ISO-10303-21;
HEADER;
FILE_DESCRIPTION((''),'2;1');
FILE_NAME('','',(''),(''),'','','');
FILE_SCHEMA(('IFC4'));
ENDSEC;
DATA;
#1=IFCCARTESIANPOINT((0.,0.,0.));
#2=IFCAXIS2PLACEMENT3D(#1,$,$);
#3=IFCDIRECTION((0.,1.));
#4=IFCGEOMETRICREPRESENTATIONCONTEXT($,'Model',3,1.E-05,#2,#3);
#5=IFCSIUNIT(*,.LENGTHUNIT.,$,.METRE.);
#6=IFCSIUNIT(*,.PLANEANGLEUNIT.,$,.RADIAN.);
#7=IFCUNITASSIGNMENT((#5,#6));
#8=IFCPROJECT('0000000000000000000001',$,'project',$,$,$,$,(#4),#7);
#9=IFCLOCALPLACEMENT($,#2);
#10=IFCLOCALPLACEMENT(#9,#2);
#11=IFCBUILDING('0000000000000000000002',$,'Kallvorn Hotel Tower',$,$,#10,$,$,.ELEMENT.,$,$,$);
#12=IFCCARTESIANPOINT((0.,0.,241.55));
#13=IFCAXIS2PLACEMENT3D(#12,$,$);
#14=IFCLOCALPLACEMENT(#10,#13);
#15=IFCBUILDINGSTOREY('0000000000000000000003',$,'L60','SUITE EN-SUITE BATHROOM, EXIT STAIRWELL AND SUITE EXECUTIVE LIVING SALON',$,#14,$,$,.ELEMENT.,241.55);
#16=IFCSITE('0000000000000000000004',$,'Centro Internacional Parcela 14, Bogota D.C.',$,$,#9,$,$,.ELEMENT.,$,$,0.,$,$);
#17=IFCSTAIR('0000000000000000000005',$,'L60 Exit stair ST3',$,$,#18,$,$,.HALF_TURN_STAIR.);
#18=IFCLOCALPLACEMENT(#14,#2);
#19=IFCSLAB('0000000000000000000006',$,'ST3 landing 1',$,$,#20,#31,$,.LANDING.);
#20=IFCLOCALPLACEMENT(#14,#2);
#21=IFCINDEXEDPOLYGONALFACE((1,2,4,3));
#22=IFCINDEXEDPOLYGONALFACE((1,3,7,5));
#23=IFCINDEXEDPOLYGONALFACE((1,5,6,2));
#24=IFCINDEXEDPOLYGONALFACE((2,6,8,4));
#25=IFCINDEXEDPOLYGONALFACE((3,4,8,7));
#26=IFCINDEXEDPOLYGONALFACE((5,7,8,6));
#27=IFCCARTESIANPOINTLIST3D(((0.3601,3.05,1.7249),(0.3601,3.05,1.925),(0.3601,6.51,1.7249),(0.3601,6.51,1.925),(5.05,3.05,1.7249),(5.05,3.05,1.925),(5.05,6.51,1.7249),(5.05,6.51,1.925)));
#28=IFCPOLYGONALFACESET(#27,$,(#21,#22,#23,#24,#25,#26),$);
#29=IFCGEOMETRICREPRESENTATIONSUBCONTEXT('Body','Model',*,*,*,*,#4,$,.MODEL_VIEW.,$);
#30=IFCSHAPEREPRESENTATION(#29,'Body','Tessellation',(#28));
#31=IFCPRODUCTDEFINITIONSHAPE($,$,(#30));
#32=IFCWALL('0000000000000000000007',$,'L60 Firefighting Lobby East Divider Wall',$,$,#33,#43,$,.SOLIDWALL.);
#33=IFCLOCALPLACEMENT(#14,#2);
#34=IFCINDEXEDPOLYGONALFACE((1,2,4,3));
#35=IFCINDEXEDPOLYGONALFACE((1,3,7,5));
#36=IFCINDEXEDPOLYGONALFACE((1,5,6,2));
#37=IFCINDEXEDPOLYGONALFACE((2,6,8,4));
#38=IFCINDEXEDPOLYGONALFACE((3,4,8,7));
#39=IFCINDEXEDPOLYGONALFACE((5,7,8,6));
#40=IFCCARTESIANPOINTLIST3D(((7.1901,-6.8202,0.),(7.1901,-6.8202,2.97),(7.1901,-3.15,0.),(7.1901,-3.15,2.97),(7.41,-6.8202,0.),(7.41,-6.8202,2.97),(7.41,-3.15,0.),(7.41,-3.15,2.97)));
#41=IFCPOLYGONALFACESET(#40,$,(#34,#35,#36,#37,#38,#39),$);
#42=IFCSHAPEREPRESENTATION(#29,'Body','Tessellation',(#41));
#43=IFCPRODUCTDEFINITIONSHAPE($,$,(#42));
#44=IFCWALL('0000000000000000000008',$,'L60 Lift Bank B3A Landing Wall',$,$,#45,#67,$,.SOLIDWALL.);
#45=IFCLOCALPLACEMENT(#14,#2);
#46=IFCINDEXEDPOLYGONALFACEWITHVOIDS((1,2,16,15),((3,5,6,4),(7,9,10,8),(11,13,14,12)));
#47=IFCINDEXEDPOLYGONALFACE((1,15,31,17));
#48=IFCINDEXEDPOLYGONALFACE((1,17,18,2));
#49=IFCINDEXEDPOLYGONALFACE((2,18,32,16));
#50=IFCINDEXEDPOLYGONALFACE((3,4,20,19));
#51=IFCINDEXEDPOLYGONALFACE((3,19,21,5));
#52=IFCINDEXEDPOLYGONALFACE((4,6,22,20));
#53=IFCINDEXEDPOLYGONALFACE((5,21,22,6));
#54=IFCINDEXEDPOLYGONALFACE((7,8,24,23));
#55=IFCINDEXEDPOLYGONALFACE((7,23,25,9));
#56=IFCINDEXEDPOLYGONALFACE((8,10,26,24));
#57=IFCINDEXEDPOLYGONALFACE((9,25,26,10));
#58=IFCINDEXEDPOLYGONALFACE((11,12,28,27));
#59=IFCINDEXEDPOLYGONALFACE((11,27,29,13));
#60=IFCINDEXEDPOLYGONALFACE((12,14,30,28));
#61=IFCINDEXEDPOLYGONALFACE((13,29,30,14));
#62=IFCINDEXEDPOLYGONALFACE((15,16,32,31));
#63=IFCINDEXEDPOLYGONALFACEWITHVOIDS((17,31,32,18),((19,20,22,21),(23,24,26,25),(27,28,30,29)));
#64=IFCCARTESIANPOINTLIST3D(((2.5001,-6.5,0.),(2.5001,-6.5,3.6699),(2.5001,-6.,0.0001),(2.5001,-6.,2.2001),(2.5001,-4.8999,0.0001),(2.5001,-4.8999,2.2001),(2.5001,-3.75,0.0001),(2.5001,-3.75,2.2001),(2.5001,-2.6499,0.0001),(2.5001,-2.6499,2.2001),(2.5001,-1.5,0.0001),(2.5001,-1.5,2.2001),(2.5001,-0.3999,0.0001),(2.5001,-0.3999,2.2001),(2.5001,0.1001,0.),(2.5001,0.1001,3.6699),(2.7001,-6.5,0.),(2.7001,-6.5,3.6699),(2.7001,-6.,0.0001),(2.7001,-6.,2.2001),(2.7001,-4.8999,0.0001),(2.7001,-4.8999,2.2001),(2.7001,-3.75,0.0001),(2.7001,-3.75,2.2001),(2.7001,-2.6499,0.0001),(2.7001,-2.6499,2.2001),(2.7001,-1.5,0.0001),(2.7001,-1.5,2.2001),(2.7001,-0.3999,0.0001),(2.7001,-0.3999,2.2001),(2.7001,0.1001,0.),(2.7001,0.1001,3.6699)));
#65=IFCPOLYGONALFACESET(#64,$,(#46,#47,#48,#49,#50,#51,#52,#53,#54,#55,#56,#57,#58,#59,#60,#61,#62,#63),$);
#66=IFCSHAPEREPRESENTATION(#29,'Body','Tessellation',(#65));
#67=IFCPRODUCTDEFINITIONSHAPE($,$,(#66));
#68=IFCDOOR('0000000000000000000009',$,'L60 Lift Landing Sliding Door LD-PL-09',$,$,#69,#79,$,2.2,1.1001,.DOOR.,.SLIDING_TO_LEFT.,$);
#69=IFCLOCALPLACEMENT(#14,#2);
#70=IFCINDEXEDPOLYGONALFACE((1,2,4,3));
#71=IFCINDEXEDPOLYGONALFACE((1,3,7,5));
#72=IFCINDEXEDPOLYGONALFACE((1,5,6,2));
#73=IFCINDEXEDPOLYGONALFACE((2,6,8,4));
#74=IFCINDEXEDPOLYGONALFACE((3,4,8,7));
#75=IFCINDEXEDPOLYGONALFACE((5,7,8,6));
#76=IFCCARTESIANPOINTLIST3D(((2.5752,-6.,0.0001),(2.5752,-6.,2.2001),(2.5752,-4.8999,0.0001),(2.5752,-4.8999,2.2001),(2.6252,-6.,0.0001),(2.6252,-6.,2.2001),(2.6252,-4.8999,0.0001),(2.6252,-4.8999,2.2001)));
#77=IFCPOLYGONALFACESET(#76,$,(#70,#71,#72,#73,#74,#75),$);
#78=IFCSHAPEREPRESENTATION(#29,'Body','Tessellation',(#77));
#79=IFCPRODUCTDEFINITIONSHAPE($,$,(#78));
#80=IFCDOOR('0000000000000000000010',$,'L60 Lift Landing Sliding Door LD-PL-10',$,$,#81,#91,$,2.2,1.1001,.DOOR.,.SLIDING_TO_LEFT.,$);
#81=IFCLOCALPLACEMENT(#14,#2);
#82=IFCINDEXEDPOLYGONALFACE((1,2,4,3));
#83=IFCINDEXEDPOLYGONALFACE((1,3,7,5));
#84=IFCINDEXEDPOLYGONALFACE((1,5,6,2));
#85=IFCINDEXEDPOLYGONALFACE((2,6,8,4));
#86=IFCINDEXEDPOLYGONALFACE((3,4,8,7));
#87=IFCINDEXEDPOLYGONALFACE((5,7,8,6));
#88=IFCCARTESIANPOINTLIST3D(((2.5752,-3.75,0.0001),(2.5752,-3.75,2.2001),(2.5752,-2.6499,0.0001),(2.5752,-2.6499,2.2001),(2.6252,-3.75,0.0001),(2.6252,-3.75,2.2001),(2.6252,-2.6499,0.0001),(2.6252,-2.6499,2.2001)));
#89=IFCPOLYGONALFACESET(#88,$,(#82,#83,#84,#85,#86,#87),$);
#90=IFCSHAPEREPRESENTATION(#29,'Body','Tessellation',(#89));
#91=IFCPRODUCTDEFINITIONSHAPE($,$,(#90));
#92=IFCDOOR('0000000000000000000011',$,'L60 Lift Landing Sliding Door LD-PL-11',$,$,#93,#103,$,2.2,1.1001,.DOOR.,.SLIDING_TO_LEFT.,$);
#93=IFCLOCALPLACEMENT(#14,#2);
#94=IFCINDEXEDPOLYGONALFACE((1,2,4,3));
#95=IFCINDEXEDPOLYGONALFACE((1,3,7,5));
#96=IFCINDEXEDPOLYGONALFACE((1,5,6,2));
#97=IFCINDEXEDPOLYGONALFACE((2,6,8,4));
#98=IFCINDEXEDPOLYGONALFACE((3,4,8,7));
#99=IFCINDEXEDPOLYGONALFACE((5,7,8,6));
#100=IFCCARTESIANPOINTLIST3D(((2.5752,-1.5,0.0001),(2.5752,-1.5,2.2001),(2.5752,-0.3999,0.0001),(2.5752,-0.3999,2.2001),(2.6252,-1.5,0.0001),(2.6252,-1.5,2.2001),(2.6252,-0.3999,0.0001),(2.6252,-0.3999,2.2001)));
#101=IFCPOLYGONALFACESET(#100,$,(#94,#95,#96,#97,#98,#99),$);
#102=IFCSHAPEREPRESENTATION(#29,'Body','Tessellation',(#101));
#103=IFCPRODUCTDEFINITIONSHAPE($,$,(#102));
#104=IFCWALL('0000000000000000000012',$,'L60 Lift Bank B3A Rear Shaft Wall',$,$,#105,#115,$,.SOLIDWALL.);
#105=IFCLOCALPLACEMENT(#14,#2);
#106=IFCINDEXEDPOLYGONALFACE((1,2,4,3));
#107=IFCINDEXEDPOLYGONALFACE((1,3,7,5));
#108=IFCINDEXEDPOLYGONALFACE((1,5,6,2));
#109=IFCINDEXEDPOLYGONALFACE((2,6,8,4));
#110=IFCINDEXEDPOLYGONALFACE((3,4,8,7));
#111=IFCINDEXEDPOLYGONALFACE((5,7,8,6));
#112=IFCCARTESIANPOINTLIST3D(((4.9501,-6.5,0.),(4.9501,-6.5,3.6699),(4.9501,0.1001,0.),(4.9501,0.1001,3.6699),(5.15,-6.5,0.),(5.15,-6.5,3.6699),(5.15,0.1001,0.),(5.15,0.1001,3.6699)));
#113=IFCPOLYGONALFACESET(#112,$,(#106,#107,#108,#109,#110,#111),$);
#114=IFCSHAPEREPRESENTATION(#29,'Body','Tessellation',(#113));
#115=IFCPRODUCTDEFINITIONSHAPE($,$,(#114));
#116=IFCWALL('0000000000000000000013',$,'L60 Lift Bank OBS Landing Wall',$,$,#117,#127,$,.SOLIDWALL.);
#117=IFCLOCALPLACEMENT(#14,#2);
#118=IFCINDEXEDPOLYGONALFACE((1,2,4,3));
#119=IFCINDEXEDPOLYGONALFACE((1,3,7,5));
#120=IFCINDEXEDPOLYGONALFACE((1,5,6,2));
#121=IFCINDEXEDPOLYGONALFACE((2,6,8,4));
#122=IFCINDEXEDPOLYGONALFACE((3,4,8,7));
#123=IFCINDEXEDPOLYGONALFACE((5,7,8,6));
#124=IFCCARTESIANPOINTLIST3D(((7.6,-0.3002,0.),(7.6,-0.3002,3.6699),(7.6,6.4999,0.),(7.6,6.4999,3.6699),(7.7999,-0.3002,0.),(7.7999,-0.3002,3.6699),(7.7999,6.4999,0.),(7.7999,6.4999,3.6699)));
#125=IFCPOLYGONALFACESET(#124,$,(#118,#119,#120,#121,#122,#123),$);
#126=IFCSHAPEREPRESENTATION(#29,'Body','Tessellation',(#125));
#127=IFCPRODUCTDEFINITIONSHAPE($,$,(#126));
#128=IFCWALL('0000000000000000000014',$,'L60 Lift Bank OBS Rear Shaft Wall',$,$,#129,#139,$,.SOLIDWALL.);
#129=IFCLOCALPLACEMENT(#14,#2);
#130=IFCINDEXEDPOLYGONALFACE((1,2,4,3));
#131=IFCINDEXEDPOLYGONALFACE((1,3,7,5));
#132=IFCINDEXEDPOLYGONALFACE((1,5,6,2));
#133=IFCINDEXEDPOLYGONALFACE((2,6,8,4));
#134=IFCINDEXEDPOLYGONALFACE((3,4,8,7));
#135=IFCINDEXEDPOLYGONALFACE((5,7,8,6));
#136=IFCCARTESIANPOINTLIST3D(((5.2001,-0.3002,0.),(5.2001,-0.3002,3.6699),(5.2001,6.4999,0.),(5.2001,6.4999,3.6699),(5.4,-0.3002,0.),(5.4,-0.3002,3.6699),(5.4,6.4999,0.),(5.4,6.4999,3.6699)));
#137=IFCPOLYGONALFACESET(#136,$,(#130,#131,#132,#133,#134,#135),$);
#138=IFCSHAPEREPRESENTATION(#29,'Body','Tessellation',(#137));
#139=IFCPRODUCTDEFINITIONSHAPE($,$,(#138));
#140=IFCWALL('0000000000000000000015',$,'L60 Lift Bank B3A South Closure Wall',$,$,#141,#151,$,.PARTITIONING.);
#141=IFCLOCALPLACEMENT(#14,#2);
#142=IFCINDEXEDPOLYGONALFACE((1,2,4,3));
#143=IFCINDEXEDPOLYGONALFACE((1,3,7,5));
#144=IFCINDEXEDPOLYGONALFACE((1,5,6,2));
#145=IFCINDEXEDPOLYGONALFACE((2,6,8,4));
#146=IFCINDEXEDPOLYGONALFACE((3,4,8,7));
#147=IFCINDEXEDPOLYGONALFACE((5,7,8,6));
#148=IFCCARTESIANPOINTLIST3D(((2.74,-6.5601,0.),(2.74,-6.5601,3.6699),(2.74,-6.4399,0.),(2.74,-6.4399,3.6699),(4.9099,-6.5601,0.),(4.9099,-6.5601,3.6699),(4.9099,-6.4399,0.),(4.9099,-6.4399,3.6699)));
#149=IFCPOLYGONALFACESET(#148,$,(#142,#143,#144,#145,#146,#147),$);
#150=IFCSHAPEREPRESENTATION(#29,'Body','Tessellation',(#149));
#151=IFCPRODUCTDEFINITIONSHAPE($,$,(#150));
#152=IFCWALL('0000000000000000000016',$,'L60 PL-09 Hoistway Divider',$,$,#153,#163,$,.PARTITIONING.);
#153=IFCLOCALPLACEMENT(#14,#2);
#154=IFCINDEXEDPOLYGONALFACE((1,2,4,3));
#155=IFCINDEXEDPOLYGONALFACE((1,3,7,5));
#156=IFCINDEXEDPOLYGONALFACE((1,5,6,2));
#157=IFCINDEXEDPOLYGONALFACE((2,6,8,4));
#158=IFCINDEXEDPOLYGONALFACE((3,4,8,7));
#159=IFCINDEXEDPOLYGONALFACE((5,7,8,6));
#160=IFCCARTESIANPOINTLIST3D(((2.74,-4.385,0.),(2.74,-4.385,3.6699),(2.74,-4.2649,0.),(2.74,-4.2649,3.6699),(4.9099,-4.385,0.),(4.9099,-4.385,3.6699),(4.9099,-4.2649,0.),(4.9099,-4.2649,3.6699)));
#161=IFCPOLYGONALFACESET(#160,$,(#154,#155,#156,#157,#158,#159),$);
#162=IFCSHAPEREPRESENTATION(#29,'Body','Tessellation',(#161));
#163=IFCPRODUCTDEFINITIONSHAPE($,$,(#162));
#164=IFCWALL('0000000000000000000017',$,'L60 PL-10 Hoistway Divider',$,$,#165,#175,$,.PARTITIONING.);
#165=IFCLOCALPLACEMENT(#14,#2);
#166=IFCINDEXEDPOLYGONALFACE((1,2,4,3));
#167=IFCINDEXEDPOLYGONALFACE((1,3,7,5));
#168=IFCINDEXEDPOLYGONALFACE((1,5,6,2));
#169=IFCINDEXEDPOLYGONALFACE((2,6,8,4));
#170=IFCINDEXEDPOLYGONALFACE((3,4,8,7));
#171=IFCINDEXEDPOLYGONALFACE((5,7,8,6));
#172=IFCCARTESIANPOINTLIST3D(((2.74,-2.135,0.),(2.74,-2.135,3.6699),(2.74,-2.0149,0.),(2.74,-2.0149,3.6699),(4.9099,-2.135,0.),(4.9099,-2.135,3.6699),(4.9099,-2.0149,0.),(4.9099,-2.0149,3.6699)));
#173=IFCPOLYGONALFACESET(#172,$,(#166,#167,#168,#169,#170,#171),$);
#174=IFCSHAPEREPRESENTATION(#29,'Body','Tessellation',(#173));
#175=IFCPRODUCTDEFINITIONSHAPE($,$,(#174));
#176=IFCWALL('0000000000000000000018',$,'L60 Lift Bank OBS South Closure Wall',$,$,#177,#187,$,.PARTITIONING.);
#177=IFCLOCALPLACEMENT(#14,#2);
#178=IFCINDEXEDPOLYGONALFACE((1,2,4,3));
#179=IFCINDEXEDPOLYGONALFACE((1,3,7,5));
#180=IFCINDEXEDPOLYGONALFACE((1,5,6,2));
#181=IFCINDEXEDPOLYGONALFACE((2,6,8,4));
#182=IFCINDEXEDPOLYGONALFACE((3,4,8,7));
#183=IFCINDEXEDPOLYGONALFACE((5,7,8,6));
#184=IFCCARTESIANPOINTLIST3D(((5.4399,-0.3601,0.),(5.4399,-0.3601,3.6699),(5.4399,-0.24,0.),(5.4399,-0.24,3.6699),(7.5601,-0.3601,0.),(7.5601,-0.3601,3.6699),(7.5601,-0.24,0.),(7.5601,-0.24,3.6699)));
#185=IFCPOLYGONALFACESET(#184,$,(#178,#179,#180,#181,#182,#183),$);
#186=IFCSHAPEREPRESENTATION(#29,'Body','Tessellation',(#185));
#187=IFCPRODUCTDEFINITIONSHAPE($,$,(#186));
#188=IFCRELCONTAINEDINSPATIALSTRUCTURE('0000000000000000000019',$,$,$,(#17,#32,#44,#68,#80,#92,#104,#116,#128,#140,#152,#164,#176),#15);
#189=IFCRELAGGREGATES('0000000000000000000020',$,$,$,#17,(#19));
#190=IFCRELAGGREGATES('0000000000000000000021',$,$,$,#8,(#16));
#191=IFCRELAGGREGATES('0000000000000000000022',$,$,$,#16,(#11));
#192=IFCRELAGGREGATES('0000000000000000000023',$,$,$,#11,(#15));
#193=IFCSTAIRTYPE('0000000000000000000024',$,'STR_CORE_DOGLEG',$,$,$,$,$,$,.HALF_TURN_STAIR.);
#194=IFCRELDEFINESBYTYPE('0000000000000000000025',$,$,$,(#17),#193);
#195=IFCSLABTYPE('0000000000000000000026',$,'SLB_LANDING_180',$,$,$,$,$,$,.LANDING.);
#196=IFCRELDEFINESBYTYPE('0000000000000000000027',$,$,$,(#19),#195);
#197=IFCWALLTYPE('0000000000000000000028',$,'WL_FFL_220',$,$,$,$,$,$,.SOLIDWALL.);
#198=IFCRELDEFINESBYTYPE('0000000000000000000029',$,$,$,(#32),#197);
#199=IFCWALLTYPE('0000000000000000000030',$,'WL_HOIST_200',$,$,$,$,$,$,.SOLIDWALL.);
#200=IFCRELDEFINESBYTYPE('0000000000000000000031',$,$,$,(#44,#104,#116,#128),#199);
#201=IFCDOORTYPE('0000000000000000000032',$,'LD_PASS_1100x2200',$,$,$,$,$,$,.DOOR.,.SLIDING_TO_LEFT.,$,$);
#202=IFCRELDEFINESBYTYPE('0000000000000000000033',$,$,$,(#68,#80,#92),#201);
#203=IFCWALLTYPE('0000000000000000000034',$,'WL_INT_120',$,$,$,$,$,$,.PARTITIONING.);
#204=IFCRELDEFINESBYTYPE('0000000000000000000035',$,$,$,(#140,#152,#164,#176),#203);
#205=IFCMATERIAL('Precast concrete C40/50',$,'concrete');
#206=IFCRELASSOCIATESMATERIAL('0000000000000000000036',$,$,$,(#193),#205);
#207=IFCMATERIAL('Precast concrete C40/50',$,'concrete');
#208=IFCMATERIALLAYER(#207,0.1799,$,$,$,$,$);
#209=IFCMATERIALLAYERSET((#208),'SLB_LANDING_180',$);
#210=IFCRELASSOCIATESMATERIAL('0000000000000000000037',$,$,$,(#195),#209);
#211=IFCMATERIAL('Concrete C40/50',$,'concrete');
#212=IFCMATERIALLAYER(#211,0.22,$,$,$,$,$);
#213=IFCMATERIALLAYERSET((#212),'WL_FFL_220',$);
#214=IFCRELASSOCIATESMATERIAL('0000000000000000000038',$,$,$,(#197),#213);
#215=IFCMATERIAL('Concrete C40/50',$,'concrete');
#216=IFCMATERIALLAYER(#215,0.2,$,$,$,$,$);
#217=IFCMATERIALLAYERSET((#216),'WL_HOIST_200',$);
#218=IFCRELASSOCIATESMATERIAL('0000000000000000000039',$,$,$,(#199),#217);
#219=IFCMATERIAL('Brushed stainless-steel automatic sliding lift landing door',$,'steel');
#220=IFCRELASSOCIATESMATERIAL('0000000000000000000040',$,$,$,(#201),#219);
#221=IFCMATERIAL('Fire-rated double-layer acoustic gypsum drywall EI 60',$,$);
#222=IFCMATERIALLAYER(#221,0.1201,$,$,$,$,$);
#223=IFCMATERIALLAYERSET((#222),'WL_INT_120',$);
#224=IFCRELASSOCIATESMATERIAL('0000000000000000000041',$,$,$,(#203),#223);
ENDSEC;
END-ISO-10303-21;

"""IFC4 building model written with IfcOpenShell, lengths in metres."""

from ifc_helpers import new_model, si_unit, direction, frame, frame_2d, origin, place, context, subcontext, project, spatial, polyline, rectangle, outline, extrude, material, layer, layer_set, type_object, element, fill, aggregate, save


model = new_model("IFC4")

# Units and contexts
model_context = context("Model", 3, precision=1e-05, world=origin(), true_north=direction((0.0, 1.0)))
body_context = subcontext(model_context, "Body", "Model", "MODEL_VIEW")
ifc_project = project(units=[si_unit("LENGTHUNIT", "METRE"), si_unit("PLANEANGLEUNIT", "RADIAN")], contexts=[model_context])

# Site, building, storey
site_placement = place(None, origin())
site = spatial("IfcSite", under=ifc_project, at=site_placement, Name="Centro Internacional Parcela 14, Bogota D.C.", CompositionType="ELEMENT", RefElevation=0.0)
building_placement = place(site_placement, origin())
building = spatial("IfcBuilding", under=site, at=building_placement, Name="Kallvorn Hotel Tower", CompositionType="ELEMENT")
storey_placement = place(building_placement, frame((0.0, 0.0, 241.55)))
storey = spatial("IfcBuildingStorey", under=building, at=storey_placement, Name="L60", Description="SUITE EN-SUITE BATHROOM, EXIT STAIRWELL AND SUITE EXECUTIVE LIVING SALON", CompositionType="ELEMENT", Elevation=241.55)

# Stair, slab
ifc_material_1 = material(Name="Precast concrete C40/50", Category="concrete")
stair_type = type_object("IfcStairType", Name="STR_CORE_DOGLEG", PredefinedType="HALF_TURN_STAIR", material=ifc_material_1)
stair_placement = place(storey_placement, origin())
stair = element("IfcStair", 1, at=stair_placement, inside=storey, type_object=stair_type, Name="L60 Exit stair ST3", PredefinedType="HALF_TURN_STAIR")
ifc_material_2 = material(Name="Precast concrete C40/50", Category="concrete")
ifc_layer_1 = layer(ifc_material_2, 0.1799)
ifc_layer_set_1 = layer_set([ifc_layer_1], Name="SLB_LANDING_180")
slab_type = type_object("IfcSlabType", Name="SLB_LANDING_180", PredefinedType="LANDING", material=ifc_layer_set_1)
slab_placement = place(storey_placement, frame((0.0, 0.0, 1.7249)))
slab = element("IfcSlab", 2, at=slab_placement, type_object=slab_type, Name="ST3 landing 1", PredefinedType="LANDING", context=body_context, shape_type="SweptSolid", body=[
    extrude(outline(polyline([(0.3601, 3.05), (5.05, 3.05), (5.05, 6.51), (0.3601, 6.51), (0.3601, 3.05)])), origin(), (0.0, 0.0, 1.0), 0.2002),
])
aggregate(stair, [slab])

# Wall
ifc_material_3 = material(Name="Concrete C40/50", Category="concrete")
ifc_layer_2 = layer(ifc_material_3, 0.22)
ifc_layer_set_2 = layer_set([ifc_layer_2], Name="WL_FFL_220")
wall_type_1 = type_object("IfcWallType", Name="WL_FFL_220", PredefinedType="SOLIDWALL", material=ifc_layer_set_2)
wall_1_placement = place(storey_placement, frame((7.3, -6.8201, 0.0), z_axis=(0.0, 0.0, 1.0), x_axis=(0.0, 1.0, 0.0)))
element("IfcWall", 3, at=wall_1_placement, inside=storey, type_object=wall_type_1, Name="L60 Firefighting Lobby East Divider Wall", PredefinedType="SOLIDWALL", context=body_context, shape_type="SweptSolid", body=[
    extrude(rectangle(XDim=3.6702, YDim=0.22, at=frame_2d((1.835, 0.0))), origin(), (0.0, 0.0, 1.0), 2.97),
])

# Wall, openings, doors
ifc_material_4 = material(Name="Concrete C40/50", Category="concrete")
ifc_layer_3 = layer(ifc_material_4, 0.2)
ifc_layer_set_3 = layer_set([ifc_layer_3], Name="WL_HOIST_200")
wall_type_2 = type_object("IfcWallType", Name="WL_HOIST_200", PredefinedType="SOLIDWALL", material=ifc_layer_set_3)
wall_2_placement = place(storey_placement, frame((2.6001, -6.5, 0.0), z_axis=(0.0, 0.0, 1.0), x_axis=(0.0, 1.0, 0.0)))
wall_2 = element("IfcWall", 4, at=wall_2_placement, inside=storey, type_object=wall_type_2, Name="L60 Lift Bank B3A Landing Wall", PredefinedType="SOLIDWALL", context=body_context, shape_type="SweptSolid", body=[
    extrude(rectangle(XDim=6.6001, YDim=0.2, at=frame_2d((3.3, 0.0))), origin(), (0.0, 0.0, 1.0), 3.6699),
])
opening_1_placement = place(wall_2_placement, frame((0.5, 0.0, 0.0)))
opening_1 = element("IfcOpeningElement", 5, at=opening_1_placement, cuts=wall_2, PredefinedType="OPENING", context=body_context, shape_type="SweptSolid", body=[
    extrude(rectangle(XDim=1.1001, YDim=2.2, at=frame_2d((0.55, 1.1001))), frame((0.0, 0.115, 0.0), z_axis=(0.0, -1.0, 0.0), x_axis=(1.0, 0.0, 0.0)), (0.0, 0.0, 1.0), 0.23),
])
opening_2_placement = place(wall_2_placement, frame((2.75, 0.0, 0.0)))
opening_2 = element("IfcOpeningElement", 6, at=opening_2_placement, cuts=wall_2, PredefinedType="OPENING", context=body_context, shape_type="SweptSolid", body=[
    extrude(rectangle(XDim=1.1001, YDim=2.2, at=frame_2d((0.55, 1.1001))), frame((0.0, 0.115, 0.0), z_axis=(0.0, -1.0, 0.0), x_axis=(1.0, 0.0, 0.0)), (0.0, 0.0, 1.0), 0.23),
])
opening_3_placement = place(wall_2_placement, frame((5.0, 0.0, 0.0)))
opening_3 = element("IfcOpeningElement", 7, at=opening_3_placement, cuts=wall_2, PredefinedType="OPENING", context=body_context, shape_type="SweptSolid", body=[
    extrude(rectangle(XDim=1.1001, YDim=2.2, at=frame_2d((0.55, 1.1001))), frame((0.0, 0.115, 0.0), z_axis=(0.0, -1.0, 0.0), x_axis=(1.0, 0.0, 0.0)), (0.0, 0.0, 1.0), 0.23),
])
ifc_material_5 = material(Name="Brushed stainless-steel automatic sliding lift landing door", Category="steel")
door_type_1 = type_object("IfcDoorType", Name="LD_PASS_1100x2200", OperationType="SLIDING_TO_LEFT", PredefinedType="DOOR", material=ifc_material_5)
door_1_placement = place(opening_1_placement, origin())
door_1 = element("IfcDoor", 8, at=door_1_placement, inside=storey, type_object=door_type_1, Name="L60 Lift Landing Sliding Door LD-PL-09", OperationType="SLIDING_TO_LEFT", OverallHeight=2.2, OverallWidth=1.1001, PredefinedType="DOOR", context=body_context, shape_type="SweptSolid", body=[
    extrude(rectangle(XDim=1.1001, YDim=2.2, at=frame_2d((0.55, 1.1001))), frame((0.0, 0.0249, 0.0), z_axis=(0.0, -1.0, 0.0), x_axis=(1.0, 0.0, 0.0)), (0.0, 0.0, 1.0), 0.05),
])
fill(opening_1, door_1)
door_2_placement = place(opening_2_placement, origin())
door_2 = element("IfcDoor", 9, at=door_2_placement, inside=storey, type_object=door_type_1, Name="L60 Lift Landing Sliding Door LD-PL-10", OperationType="SLIDING_TO_LEFT", OverallHeight=2.2, OverallWidth=1.1001, PredefinedType="DOOR", context=body_context, shape_type="SweptSolid", body=[
    extrude(rectangle(XDim=1.1001, YDim=2.2, at=frame_2d((0.55, 1.1001))), frame((0.0, 0.0249, 0.0), z_axis=(0.0, -1.0, 0.0), x_axis=(1.0, 0.0, 0.0)), (0.0, 0.0, 1.0), 0.05),
])
fill(opening_2, door_2)
door_3_placement = place(opening_3_placement, origin())
door_3 = element("IfcDoor", 10, at=door_3_placement, inside=storey, type_object=door_type_1, Name="L60 Lift Landing Sliding Door LD-PL-11", OperationType="SLIDING_TO_LEFT", OverallHeight=2.2, OverallWidth=1.1001, PredefinedType="DOOR", context=body_context, shape_type="SweptSolid", body=[
    extrude(rectangle(XDim=1.1001, YDim=2.2, at=frame_2d((0.55, 1.1001))), frame((0.0, 0.0249, 0.0), z_axis=(0.0, -1.0, 0.0), x_axis=(1.0, 0.0, 0.0)), (0.0, 0.0, 1.0), 0.05),
])
fill(opening_3, door_3)

# Walls
wall_3_placement = place(storey_placement, frame((5.05, -6.5, 0.0), z_axis=(0.0, 0.0, 1.0), x_axis=(0.0, 1.0, 0.0)))
element("IfcWall", 11, at=wall_3_placement, inside=storey, type_object=wall_type_2, Name="L60 Lift Bank B3A Rear Shaft Wall", PredefinedType="SOLIDWALL", context=body_context, shape_type="SweptSolid", body=[
    extrude(rectangle(XDim=6.6001, YDim=0.2, at=frame_2d((3.3, 0.0))), origin(), (0.0, 0.0, 1.0), 3.6699),
])
for number, where, z_axis, x_axis, name in (
    (12, (7.7, -0.3, 0.0), (0.0, 0.0, 1.0), (0.0, 1.0, 0.0), "L60 Lift Bank OBS Landing Wall"),
    (13, (5.3, -0.3, 0.0), (0.0, 0.0, 1.0), (0.0, 1.0, 0.0), "L60 Lift Bank OBS Rear Shaft Wall"),
):
    element("IfcWall", number, at=place(storey_placement, frame(where, z_axis=z_axis, x_axis=x_axis)), inside=storey, type_object=wall_type_2, Name=name, PredefinedType="SOLIDWALL", context=body_context, shape_type="SweptSolid", body=[
        extrude(rectangle(XDim=6.8, YDim=0.2, at=frame_2d((3.3999, 0.0))), origin(), (0.0, 0.0, 1.0), 3.6699),
    ])
ifc_material_6 = material(Name="Fire-rated double-layer acoustic gypsum drywall EI 60")
ifc_layer_4 = layer(ifc_material_6, 0.1201)
ifc_layer_set_4 = layer_set([ifc_layer_4], Name="WL_INT_120")
wall_type_3 = type_object("IfcWallType", Name="WL_INT_120", PredefinedType="PARTITIONING", material=ifc_layer_set_4)
for number, where, z_axis, x_axis, name in (
    (14, (2.74, -6.5, 0.0), (0.0, 0.0, 1.0), (1.0, 0.0, 0.0), "L60 Lift Bank B3A South Closure Wall"),
    (15, (2.74, -4.325, 0.0), (0.0, 0.0, 1.0), (1.0, 0.0, 0.0), "L60 PL-09 Hoistway Divider"),
    (16, (2.74, -2.075, 0.0), (0.0, 0.0, 1.0), (1.0, 0.0, 0.0), "L60 PL-10 Hoistway Divider"),
):
    element("IfcWall", number, at=place(storey_placement, frame(where, z_axis=z_axis, x_axis=x_axis)), inside=storey, type_object=wall_type_3, Name=name, PredefinedType="PARTITIONING", context=body_context, shape_type="SweptSolid", body=[
        extrude(rectangle(XDim=2.1699, YDim=0.1201, at=frame_2d((1.085, 0.0))), origin(), (0.0, 0.0, 1.0), 3.6699),
    ])
wall_4_placement = place(storey_placement, frame((5.4399, -0.3, 0.0), z_axis=(0.0, 0.0, 1.0), x_axis=(1.0, 0.0, 0.0)))
element("IfcWall", 17, at=wall_4_placement, inside=storey, type_object=wall_type_3, Name="L60 Lift Bank OBS South Closure Wall", PredefinedType="PARTITIONING", context=body_context, shape_type="SweptSolid", body=[
    extrude(rectangle(XDim=2.1201, YDim=0.1201, at=frame_2d((1.0601, 0.0))), origin(), (0.0, 0.0, 1.0), 3.6699),
])

save(model, "model.ifc")
